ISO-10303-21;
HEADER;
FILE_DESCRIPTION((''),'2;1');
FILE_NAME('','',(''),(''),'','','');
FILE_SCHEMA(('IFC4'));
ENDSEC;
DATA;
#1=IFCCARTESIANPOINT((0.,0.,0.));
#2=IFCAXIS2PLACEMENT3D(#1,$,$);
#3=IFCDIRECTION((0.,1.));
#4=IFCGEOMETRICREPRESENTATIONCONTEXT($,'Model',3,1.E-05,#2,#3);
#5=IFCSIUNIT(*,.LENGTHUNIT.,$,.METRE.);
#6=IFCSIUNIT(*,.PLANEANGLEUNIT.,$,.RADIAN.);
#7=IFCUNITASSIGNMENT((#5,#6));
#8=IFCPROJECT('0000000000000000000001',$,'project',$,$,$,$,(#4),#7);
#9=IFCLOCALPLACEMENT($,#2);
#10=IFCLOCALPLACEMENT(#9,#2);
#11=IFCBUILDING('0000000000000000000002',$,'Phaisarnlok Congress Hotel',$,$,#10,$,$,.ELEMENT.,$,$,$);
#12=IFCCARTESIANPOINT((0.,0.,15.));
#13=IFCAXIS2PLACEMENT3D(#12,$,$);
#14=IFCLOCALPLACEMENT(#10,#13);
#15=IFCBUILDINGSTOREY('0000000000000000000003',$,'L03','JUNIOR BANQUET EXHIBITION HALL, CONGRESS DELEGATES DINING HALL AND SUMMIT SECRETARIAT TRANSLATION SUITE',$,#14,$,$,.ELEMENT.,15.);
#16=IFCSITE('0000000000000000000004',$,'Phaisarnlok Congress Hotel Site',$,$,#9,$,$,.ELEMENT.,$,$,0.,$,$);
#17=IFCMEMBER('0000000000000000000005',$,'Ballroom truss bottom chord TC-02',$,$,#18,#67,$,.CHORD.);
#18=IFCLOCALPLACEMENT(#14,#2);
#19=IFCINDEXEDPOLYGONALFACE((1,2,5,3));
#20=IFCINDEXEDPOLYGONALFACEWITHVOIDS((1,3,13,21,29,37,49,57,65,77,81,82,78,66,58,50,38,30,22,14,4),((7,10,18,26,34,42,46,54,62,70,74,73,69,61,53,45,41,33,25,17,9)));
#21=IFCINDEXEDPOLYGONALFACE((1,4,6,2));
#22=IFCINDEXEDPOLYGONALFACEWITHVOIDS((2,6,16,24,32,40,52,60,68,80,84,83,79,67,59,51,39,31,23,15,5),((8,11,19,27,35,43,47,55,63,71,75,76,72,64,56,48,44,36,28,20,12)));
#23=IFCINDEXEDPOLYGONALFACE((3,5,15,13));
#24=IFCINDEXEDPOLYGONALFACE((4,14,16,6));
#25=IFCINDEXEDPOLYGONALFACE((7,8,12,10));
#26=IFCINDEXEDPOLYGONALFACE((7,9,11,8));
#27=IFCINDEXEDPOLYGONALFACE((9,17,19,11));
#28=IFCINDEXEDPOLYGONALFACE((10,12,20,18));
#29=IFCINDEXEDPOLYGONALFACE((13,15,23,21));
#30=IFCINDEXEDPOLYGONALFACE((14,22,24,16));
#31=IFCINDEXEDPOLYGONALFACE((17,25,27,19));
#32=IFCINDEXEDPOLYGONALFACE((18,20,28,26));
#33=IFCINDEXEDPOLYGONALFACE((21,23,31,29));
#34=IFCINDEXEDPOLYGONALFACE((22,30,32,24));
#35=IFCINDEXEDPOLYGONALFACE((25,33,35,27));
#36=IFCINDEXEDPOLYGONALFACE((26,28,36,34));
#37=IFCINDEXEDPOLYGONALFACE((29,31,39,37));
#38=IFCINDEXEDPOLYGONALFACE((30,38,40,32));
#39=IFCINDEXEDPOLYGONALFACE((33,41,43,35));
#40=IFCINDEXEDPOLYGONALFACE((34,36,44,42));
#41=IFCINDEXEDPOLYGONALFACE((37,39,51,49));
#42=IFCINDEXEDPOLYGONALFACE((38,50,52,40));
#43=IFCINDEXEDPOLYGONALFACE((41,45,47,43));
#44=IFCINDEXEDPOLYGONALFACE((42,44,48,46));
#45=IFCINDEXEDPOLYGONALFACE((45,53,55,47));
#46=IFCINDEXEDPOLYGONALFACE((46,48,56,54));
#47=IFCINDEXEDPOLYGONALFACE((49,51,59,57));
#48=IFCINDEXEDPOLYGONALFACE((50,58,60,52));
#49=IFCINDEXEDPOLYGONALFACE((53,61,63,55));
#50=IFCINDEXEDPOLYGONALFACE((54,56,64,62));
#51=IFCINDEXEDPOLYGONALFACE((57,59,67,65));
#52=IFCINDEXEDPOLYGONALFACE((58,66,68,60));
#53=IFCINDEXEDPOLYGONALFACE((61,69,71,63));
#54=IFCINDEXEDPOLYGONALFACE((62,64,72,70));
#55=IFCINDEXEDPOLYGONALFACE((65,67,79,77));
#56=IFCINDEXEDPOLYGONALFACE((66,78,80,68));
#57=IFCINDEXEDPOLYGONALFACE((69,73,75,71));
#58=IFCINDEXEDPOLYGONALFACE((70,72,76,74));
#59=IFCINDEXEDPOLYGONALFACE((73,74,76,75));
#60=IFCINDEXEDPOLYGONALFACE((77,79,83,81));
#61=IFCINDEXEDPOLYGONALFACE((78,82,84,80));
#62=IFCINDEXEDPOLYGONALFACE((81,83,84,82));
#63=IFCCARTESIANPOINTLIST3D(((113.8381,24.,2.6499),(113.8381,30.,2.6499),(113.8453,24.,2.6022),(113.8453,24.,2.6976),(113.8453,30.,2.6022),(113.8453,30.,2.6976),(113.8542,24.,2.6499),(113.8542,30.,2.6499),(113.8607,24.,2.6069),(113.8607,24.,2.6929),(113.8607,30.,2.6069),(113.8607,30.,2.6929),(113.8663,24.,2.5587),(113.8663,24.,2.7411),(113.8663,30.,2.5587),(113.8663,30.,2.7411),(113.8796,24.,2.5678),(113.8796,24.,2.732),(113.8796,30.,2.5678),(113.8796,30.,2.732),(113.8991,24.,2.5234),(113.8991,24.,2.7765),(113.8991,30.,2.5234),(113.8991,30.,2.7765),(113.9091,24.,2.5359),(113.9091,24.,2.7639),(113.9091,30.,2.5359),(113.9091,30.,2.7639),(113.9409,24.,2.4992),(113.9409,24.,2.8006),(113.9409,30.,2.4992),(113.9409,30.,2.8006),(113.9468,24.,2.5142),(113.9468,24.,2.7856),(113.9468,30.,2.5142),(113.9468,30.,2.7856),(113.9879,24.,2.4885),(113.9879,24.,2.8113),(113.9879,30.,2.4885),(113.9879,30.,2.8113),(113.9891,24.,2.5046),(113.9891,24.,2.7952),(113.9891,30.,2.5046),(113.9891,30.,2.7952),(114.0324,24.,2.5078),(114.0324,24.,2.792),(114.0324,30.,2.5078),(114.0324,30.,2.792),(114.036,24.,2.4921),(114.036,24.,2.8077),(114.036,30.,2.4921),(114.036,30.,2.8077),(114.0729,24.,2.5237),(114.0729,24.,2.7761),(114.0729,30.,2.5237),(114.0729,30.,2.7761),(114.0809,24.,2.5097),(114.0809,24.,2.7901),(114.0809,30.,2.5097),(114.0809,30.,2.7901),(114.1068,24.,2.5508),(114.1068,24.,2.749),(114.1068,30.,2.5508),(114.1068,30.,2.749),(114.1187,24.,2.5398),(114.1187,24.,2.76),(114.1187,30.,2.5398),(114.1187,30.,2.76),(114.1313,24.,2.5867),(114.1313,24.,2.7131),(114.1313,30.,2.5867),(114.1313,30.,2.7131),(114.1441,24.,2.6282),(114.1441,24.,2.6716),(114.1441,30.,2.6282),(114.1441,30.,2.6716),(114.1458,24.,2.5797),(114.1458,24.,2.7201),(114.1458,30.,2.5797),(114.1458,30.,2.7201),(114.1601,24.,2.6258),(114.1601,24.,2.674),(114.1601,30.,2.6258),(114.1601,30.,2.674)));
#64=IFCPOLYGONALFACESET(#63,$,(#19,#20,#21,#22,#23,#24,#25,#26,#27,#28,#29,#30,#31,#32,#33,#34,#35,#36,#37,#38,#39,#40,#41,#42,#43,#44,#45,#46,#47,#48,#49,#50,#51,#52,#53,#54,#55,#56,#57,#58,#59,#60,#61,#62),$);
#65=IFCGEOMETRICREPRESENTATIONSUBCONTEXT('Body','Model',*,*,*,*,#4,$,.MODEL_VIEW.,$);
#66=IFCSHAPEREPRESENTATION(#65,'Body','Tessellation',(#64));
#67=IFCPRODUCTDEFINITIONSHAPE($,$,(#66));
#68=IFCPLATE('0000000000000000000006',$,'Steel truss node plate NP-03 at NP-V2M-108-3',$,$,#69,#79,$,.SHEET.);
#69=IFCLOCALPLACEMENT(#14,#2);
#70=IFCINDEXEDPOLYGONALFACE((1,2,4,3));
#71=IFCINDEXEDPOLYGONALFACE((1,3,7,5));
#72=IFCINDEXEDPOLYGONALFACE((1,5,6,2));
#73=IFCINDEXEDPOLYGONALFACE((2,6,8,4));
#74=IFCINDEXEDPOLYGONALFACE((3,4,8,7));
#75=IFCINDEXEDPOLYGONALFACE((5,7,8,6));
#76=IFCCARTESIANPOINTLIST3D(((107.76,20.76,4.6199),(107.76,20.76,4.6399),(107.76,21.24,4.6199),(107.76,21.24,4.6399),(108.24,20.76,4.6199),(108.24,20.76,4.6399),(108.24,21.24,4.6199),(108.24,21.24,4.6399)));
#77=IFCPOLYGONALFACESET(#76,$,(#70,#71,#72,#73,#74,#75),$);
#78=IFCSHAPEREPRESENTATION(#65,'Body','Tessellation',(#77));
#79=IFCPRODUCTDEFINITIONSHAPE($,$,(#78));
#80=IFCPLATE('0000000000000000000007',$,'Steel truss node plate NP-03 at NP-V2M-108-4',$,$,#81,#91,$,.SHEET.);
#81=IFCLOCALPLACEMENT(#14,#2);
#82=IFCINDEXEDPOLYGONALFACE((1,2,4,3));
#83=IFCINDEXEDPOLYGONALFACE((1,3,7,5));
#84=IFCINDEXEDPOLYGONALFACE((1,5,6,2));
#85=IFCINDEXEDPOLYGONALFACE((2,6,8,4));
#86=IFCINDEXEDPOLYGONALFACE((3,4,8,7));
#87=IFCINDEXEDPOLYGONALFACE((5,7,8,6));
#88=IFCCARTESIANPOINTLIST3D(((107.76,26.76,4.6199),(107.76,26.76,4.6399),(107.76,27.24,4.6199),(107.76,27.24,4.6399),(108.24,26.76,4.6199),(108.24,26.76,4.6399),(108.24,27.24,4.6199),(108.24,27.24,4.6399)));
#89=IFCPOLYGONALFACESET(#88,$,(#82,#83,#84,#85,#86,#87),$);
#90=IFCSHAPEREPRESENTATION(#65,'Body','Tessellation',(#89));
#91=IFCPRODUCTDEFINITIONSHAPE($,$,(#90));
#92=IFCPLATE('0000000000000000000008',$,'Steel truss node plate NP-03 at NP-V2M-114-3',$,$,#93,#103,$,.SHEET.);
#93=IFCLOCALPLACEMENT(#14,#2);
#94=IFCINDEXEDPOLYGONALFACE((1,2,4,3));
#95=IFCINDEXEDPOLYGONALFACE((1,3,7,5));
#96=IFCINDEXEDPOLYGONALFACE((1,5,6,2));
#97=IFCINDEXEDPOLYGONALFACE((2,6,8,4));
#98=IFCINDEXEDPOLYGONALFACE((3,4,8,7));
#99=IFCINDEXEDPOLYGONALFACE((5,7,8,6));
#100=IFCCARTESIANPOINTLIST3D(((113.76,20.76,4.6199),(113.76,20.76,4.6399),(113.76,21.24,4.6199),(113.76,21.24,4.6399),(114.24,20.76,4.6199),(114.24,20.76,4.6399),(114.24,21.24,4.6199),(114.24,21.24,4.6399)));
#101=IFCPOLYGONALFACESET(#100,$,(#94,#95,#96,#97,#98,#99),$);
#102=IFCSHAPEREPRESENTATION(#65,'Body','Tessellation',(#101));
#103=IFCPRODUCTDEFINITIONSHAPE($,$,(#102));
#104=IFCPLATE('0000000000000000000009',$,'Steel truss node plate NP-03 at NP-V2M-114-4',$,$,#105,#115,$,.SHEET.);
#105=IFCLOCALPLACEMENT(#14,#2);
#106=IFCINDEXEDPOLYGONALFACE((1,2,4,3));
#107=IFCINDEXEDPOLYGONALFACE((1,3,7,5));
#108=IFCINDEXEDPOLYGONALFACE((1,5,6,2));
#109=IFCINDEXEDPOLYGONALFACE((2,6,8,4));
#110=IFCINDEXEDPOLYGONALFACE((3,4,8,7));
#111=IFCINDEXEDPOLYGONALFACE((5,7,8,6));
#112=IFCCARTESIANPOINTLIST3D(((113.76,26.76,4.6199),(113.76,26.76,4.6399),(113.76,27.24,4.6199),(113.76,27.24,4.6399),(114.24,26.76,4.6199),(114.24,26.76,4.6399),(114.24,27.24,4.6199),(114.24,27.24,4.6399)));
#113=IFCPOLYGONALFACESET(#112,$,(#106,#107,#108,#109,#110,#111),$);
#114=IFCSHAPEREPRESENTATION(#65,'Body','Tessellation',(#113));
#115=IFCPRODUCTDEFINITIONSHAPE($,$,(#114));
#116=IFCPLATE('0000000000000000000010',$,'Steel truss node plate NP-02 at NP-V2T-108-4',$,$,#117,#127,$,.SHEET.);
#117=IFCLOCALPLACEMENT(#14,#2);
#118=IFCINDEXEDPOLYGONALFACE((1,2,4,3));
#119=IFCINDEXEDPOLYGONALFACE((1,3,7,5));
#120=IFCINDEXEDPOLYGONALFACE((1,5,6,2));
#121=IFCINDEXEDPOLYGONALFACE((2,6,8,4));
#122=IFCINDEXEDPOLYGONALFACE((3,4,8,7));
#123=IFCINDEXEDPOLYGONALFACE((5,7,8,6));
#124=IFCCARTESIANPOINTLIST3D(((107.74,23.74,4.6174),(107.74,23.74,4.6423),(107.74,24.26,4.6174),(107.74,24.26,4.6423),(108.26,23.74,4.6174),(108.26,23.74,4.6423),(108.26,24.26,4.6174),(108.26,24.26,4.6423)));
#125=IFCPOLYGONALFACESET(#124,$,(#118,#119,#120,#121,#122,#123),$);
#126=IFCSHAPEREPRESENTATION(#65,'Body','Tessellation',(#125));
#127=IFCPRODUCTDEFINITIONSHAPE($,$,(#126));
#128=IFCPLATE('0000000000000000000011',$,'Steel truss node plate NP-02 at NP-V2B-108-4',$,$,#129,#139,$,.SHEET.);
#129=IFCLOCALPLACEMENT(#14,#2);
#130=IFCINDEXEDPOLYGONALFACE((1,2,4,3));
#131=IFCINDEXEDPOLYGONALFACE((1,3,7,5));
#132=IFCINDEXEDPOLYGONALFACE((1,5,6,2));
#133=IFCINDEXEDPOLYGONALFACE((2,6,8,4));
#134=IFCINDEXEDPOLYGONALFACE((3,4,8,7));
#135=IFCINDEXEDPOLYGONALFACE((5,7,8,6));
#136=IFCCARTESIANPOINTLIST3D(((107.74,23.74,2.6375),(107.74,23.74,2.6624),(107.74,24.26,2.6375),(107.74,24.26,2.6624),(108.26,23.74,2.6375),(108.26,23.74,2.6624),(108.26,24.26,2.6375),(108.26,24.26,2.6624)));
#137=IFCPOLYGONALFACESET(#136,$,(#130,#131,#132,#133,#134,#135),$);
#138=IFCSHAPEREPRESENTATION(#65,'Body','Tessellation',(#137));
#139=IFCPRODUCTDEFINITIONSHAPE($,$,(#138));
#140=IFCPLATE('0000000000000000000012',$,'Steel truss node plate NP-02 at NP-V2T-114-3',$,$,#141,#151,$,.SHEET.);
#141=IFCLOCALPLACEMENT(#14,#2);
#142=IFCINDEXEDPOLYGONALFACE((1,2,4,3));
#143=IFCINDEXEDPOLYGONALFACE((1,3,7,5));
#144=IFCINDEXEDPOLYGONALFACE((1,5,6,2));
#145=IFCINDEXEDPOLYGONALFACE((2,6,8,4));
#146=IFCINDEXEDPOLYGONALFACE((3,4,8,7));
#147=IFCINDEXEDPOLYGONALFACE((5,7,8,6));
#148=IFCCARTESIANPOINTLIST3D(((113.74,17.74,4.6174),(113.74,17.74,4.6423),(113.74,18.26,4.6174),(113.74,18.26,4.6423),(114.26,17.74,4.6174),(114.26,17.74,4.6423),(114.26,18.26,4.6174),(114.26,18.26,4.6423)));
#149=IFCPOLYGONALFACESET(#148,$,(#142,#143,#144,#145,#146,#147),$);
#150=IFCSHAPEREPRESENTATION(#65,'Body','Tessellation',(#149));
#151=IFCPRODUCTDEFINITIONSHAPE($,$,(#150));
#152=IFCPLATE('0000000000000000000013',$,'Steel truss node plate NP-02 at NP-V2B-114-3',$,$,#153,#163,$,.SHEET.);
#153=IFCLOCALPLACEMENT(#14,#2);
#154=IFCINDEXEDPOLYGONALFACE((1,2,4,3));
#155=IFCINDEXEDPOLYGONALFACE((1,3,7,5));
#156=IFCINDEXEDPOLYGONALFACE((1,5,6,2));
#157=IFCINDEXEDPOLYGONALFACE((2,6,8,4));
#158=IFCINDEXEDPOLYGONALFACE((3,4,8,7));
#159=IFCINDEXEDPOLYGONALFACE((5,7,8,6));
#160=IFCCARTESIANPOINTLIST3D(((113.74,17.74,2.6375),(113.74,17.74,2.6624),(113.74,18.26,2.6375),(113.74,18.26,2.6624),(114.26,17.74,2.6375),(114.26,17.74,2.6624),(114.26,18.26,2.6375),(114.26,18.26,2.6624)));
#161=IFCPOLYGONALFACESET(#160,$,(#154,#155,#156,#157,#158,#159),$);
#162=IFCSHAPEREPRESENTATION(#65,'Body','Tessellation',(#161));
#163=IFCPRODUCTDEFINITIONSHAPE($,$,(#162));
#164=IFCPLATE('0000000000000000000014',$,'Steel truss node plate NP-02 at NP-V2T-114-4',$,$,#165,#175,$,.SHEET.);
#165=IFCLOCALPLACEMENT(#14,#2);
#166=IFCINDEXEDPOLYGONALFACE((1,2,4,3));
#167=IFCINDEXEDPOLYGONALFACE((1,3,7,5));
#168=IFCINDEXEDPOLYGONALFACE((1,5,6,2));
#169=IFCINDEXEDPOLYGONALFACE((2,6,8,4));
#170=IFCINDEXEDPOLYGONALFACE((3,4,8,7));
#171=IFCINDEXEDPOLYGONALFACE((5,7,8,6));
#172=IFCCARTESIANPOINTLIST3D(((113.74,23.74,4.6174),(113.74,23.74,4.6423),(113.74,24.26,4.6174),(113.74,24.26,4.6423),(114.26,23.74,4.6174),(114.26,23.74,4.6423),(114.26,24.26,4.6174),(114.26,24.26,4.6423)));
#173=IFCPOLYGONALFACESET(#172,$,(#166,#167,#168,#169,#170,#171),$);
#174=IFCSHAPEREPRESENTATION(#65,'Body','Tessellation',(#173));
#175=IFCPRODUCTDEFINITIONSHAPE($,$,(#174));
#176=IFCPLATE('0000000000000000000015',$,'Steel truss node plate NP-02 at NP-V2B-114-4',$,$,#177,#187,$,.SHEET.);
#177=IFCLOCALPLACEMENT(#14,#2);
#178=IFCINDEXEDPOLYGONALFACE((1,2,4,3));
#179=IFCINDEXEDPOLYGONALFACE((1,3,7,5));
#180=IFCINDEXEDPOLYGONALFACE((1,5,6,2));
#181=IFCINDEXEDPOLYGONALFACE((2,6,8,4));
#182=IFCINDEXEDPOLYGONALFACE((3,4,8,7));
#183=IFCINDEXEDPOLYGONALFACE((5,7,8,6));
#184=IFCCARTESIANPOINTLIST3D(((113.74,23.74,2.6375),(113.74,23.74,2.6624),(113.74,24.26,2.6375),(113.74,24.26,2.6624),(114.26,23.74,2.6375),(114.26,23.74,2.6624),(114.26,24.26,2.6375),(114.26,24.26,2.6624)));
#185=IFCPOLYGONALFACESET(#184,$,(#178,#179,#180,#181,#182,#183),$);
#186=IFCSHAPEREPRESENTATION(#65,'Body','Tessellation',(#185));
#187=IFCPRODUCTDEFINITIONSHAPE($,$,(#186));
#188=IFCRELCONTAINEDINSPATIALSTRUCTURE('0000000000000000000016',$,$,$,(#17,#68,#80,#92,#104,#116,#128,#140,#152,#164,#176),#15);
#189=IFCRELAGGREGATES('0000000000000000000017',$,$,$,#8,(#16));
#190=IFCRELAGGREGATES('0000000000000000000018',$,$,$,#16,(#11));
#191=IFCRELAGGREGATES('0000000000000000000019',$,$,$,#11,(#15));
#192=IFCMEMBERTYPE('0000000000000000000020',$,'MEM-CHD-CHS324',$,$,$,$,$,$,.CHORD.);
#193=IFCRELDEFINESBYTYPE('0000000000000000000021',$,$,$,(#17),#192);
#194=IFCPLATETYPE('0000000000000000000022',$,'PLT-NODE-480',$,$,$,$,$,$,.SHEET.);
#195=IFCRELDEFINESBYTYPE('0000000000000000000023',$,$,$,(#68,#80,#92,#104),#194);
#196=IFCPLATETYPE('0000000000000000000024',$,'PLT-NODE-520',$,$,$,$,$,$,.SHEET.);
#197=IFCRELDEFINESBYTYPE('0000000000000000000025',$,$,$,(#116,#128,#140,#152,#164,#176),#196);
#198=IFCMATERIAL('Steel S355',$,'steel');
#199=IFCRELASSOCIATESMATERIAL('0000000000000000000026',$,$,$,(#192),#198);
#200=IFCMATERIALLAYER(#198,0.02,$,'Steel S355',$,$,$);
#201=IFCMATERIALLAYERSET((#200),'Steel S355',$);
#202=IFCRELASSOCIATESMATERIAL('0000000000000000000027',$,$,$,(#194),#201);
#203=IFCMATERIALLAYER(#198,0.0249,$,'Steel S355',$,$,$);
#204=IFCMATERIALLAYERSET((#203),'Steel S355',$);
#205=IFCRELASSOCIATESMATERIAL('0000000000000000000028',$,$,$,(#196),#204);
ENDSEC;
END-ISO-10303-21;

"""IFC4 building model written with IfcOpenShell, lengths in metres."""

from ifc_helpers import new_model, si_unit, direction, frame, origin, origin_2d, place, context, subcontext, project, spatial, rectangle, hollow_circle, extrude, material, layer, layer_set, material_profile, profile_set, type_object, element, save


model = new_model("IFC4")

# Units and contexts
model_context = context("Model", 3, precision=1e-05, world=origin(), true_north=direction((0.0, 1.0)))
body_context = subcontext(model_context, "Body", "Model", "MODEL_VIEW")
ifc_project = project(units=[si_unit("LENGTHUNIT", "METRE"), si_unit("PLANEANGLEUNIT", "RADIAN")], contexts=[model_context])

# Site, building, storey
site_placement = place(None, origin())
site = spatial("IfcSite", under=ifc_project, at=site_placement, Name="Phaisarnlok Congress Hotel Site", CompositionType="ELEMENT", RefElevation=0.0)
building_placement = place(site_placement, origin())
building = spatial("IfcBuilding", under=site, at=building_placement, Name="Phaisarnlok Congress Hotel", CompositionType="ELEMENT")
storey_placement = place(building_placement, frame((0.0, 0.0, 15.0)))
storey = spatial("IfcBuildingStorey", under=building, at=storey_placement, Name="L03", Description="JUNIOR BANQUET EXHIBITION HALL, CONGRESS DELEGATES DINING HALL AND SUMMIT SECRETARIAT TRANSLATION SUITE", CompositionType="ELEMENT", Elevation=15.0)

# Member
ifc_material = material(Name="Steel S355", Category="steel")
ifc_material_profile_1 = material_profile(ifc_material, hollow_circle(Radius=0.1619, WallThickness=0.0161, at=origin_2d()), Name="CHS 323.9x16")
ifc_profile_set_1 = profile_set([ifc_material_profile_1], Name="Steel S355")
member_type_1 = type_object("IfcMemberType", Name="MEM-CHD-CHS324", PredefinedType="CHORD", material=ifc_profile_set_1)
for number, where, z_axis, x_axis, name in (
    (1, (114.0, 24.0, 2.6499), (0.0, 1.0, 0.0), (-1.0, 0.0, 0.0), "Ballroom truss bottom chord TC-02"),
):
    element("IfcMember", number, at=place(storey_placement, frame(where, z_axis=z_axis, x_axis=x_axis)), inside=storey, type_object=member_type_1, Name=name, PredefinedType="CHORD", context=body_context, shape_type="SweptSolid", body=[
        extrude(hollow_circle(Radius=0.1619, WallThickness=0.0161, at=origin_2d()), origin(), (0.0, 0.0, 1.0), 6.0),
    ])

# Plates
ifc_layer_1 = layer(ifc_material, 0.02, Name="Steel S355")
ifc_layer_set_1 = layer_set([ifc_layer_1], Name="Steel S355")
plate_type_1 = type_object("IfcPlateType", Name="PLT-NODE-480", PredefinedType="SHEET", material=ifc_layer_set_1)
for number, where, z_axis, x_axis, name in (
    (2, (108.0, 21.0, 4.6199), (0.0, 0.0, 1.0), (1.0, 0.0, 0.0), "Steel truss node plate NP-03 at NP-V2M-108-3"),
    (3, (108.0, 27.0, 4.6199), (0.0, 0.0, 1.0), (1.0, 0.0, 0.0), "Steel truss node plate NP-03 at NP-V2M-108-4"),
    (4, (114.0, 21.0, 4.6199), (0.0, 0.0, 1.0), (1.0, 0.0, 0.0), "Steel truss node plate NP-03 at NP-V2M-114-3"),
    (5, (114.0, 27.0, 4.6199), (0.0, 0.0, 1.0), (1.0, 0.0, 0.0), "Steel truss node plate NP-03 at NP-V2M-114-4"),
):
    element("IfcPlate", number, at=place(storey_placement, frame(where, z_axis=z_axis, x_axis=x_axis)), inside=storey, type_object=plate_type_1, Name=name, PredefinedType="SHEET", context=body_context, shape_type="SweptSolid", body=[
        extrude(rectangle(XDim=0.48, YDim=0.48, at=origin_2d()), origin(), (0.0, 0.0, 1.0), 0.02),
    ])
ifc_layer_2 = layer(ifc_material, 0.0249, Name="Steel S355")
ifc_layer_set_2 = layer_set([ifc_layer_2], Name="Steel S355")
plate_type_2 = type_object("IfcPlateType", Name="PLT-NODE-520", PredefinedType="SHEET", material=ifc_layer_set_2)
for number, where, z_axis, x_axis, name in (
    (6, (108.0, 24.0, 4.6174), (0.0, 0.0, 1.0), (1.0, 0.0, 0.0), "Steel truss node plate NP-02 at NP-V2T-108-4"),
    (7, (108.0, 24.0, 2.6375), (0.0, 0.0, 1.0), (1.0, 0.0, 0.0), "Steel truss node plate NP-02 at NP-V2B-108-4"),
    (8, (114.0, 18.0, 4.6174), (0.0, 0.0, 1.0), (1.0, 0.0, 0.0), "Steel truss node plate NP-02 at NP-V2T-114-3"),
    (9, (114.0, 18.0, 2.6375), (0.0, 0.0, 1.0), (1.0, 0.0, 0.0), "Steel truss node plate NP-02 at NP-V2B-114-3"),
    (10, (114.0, 24.0, 4.6174), (0.0, 0.0, 1.0), (1.0, 0.0, 0.0), "Steel truss node plate NP-02 at NP-V2T-114-4"),
    (11, (114.0, 24.0, 2.6375), (0.0, 0.0, 1.0), (1.0, 0.0, 0.0), "Steel truss node plate NP-02 at NP-V2B-114-4"),
):
    element("IfcPlate", number, at=place(storey_placement, frame(where, z_axis=z_axis, x_axis=x_axis)), inside=storey, type_object=plate_type_2, Name=name, PredefinedType="SHEET", context=body_context, shape_type="SweptSolid", body=[
        extrude(rectangle(XDim=0.52, YDim=0.52, at=origin_2d()), origin(), (0.0, 0.0, 1.0), 0.0249),
    ])

save(model, "model.ifc")
